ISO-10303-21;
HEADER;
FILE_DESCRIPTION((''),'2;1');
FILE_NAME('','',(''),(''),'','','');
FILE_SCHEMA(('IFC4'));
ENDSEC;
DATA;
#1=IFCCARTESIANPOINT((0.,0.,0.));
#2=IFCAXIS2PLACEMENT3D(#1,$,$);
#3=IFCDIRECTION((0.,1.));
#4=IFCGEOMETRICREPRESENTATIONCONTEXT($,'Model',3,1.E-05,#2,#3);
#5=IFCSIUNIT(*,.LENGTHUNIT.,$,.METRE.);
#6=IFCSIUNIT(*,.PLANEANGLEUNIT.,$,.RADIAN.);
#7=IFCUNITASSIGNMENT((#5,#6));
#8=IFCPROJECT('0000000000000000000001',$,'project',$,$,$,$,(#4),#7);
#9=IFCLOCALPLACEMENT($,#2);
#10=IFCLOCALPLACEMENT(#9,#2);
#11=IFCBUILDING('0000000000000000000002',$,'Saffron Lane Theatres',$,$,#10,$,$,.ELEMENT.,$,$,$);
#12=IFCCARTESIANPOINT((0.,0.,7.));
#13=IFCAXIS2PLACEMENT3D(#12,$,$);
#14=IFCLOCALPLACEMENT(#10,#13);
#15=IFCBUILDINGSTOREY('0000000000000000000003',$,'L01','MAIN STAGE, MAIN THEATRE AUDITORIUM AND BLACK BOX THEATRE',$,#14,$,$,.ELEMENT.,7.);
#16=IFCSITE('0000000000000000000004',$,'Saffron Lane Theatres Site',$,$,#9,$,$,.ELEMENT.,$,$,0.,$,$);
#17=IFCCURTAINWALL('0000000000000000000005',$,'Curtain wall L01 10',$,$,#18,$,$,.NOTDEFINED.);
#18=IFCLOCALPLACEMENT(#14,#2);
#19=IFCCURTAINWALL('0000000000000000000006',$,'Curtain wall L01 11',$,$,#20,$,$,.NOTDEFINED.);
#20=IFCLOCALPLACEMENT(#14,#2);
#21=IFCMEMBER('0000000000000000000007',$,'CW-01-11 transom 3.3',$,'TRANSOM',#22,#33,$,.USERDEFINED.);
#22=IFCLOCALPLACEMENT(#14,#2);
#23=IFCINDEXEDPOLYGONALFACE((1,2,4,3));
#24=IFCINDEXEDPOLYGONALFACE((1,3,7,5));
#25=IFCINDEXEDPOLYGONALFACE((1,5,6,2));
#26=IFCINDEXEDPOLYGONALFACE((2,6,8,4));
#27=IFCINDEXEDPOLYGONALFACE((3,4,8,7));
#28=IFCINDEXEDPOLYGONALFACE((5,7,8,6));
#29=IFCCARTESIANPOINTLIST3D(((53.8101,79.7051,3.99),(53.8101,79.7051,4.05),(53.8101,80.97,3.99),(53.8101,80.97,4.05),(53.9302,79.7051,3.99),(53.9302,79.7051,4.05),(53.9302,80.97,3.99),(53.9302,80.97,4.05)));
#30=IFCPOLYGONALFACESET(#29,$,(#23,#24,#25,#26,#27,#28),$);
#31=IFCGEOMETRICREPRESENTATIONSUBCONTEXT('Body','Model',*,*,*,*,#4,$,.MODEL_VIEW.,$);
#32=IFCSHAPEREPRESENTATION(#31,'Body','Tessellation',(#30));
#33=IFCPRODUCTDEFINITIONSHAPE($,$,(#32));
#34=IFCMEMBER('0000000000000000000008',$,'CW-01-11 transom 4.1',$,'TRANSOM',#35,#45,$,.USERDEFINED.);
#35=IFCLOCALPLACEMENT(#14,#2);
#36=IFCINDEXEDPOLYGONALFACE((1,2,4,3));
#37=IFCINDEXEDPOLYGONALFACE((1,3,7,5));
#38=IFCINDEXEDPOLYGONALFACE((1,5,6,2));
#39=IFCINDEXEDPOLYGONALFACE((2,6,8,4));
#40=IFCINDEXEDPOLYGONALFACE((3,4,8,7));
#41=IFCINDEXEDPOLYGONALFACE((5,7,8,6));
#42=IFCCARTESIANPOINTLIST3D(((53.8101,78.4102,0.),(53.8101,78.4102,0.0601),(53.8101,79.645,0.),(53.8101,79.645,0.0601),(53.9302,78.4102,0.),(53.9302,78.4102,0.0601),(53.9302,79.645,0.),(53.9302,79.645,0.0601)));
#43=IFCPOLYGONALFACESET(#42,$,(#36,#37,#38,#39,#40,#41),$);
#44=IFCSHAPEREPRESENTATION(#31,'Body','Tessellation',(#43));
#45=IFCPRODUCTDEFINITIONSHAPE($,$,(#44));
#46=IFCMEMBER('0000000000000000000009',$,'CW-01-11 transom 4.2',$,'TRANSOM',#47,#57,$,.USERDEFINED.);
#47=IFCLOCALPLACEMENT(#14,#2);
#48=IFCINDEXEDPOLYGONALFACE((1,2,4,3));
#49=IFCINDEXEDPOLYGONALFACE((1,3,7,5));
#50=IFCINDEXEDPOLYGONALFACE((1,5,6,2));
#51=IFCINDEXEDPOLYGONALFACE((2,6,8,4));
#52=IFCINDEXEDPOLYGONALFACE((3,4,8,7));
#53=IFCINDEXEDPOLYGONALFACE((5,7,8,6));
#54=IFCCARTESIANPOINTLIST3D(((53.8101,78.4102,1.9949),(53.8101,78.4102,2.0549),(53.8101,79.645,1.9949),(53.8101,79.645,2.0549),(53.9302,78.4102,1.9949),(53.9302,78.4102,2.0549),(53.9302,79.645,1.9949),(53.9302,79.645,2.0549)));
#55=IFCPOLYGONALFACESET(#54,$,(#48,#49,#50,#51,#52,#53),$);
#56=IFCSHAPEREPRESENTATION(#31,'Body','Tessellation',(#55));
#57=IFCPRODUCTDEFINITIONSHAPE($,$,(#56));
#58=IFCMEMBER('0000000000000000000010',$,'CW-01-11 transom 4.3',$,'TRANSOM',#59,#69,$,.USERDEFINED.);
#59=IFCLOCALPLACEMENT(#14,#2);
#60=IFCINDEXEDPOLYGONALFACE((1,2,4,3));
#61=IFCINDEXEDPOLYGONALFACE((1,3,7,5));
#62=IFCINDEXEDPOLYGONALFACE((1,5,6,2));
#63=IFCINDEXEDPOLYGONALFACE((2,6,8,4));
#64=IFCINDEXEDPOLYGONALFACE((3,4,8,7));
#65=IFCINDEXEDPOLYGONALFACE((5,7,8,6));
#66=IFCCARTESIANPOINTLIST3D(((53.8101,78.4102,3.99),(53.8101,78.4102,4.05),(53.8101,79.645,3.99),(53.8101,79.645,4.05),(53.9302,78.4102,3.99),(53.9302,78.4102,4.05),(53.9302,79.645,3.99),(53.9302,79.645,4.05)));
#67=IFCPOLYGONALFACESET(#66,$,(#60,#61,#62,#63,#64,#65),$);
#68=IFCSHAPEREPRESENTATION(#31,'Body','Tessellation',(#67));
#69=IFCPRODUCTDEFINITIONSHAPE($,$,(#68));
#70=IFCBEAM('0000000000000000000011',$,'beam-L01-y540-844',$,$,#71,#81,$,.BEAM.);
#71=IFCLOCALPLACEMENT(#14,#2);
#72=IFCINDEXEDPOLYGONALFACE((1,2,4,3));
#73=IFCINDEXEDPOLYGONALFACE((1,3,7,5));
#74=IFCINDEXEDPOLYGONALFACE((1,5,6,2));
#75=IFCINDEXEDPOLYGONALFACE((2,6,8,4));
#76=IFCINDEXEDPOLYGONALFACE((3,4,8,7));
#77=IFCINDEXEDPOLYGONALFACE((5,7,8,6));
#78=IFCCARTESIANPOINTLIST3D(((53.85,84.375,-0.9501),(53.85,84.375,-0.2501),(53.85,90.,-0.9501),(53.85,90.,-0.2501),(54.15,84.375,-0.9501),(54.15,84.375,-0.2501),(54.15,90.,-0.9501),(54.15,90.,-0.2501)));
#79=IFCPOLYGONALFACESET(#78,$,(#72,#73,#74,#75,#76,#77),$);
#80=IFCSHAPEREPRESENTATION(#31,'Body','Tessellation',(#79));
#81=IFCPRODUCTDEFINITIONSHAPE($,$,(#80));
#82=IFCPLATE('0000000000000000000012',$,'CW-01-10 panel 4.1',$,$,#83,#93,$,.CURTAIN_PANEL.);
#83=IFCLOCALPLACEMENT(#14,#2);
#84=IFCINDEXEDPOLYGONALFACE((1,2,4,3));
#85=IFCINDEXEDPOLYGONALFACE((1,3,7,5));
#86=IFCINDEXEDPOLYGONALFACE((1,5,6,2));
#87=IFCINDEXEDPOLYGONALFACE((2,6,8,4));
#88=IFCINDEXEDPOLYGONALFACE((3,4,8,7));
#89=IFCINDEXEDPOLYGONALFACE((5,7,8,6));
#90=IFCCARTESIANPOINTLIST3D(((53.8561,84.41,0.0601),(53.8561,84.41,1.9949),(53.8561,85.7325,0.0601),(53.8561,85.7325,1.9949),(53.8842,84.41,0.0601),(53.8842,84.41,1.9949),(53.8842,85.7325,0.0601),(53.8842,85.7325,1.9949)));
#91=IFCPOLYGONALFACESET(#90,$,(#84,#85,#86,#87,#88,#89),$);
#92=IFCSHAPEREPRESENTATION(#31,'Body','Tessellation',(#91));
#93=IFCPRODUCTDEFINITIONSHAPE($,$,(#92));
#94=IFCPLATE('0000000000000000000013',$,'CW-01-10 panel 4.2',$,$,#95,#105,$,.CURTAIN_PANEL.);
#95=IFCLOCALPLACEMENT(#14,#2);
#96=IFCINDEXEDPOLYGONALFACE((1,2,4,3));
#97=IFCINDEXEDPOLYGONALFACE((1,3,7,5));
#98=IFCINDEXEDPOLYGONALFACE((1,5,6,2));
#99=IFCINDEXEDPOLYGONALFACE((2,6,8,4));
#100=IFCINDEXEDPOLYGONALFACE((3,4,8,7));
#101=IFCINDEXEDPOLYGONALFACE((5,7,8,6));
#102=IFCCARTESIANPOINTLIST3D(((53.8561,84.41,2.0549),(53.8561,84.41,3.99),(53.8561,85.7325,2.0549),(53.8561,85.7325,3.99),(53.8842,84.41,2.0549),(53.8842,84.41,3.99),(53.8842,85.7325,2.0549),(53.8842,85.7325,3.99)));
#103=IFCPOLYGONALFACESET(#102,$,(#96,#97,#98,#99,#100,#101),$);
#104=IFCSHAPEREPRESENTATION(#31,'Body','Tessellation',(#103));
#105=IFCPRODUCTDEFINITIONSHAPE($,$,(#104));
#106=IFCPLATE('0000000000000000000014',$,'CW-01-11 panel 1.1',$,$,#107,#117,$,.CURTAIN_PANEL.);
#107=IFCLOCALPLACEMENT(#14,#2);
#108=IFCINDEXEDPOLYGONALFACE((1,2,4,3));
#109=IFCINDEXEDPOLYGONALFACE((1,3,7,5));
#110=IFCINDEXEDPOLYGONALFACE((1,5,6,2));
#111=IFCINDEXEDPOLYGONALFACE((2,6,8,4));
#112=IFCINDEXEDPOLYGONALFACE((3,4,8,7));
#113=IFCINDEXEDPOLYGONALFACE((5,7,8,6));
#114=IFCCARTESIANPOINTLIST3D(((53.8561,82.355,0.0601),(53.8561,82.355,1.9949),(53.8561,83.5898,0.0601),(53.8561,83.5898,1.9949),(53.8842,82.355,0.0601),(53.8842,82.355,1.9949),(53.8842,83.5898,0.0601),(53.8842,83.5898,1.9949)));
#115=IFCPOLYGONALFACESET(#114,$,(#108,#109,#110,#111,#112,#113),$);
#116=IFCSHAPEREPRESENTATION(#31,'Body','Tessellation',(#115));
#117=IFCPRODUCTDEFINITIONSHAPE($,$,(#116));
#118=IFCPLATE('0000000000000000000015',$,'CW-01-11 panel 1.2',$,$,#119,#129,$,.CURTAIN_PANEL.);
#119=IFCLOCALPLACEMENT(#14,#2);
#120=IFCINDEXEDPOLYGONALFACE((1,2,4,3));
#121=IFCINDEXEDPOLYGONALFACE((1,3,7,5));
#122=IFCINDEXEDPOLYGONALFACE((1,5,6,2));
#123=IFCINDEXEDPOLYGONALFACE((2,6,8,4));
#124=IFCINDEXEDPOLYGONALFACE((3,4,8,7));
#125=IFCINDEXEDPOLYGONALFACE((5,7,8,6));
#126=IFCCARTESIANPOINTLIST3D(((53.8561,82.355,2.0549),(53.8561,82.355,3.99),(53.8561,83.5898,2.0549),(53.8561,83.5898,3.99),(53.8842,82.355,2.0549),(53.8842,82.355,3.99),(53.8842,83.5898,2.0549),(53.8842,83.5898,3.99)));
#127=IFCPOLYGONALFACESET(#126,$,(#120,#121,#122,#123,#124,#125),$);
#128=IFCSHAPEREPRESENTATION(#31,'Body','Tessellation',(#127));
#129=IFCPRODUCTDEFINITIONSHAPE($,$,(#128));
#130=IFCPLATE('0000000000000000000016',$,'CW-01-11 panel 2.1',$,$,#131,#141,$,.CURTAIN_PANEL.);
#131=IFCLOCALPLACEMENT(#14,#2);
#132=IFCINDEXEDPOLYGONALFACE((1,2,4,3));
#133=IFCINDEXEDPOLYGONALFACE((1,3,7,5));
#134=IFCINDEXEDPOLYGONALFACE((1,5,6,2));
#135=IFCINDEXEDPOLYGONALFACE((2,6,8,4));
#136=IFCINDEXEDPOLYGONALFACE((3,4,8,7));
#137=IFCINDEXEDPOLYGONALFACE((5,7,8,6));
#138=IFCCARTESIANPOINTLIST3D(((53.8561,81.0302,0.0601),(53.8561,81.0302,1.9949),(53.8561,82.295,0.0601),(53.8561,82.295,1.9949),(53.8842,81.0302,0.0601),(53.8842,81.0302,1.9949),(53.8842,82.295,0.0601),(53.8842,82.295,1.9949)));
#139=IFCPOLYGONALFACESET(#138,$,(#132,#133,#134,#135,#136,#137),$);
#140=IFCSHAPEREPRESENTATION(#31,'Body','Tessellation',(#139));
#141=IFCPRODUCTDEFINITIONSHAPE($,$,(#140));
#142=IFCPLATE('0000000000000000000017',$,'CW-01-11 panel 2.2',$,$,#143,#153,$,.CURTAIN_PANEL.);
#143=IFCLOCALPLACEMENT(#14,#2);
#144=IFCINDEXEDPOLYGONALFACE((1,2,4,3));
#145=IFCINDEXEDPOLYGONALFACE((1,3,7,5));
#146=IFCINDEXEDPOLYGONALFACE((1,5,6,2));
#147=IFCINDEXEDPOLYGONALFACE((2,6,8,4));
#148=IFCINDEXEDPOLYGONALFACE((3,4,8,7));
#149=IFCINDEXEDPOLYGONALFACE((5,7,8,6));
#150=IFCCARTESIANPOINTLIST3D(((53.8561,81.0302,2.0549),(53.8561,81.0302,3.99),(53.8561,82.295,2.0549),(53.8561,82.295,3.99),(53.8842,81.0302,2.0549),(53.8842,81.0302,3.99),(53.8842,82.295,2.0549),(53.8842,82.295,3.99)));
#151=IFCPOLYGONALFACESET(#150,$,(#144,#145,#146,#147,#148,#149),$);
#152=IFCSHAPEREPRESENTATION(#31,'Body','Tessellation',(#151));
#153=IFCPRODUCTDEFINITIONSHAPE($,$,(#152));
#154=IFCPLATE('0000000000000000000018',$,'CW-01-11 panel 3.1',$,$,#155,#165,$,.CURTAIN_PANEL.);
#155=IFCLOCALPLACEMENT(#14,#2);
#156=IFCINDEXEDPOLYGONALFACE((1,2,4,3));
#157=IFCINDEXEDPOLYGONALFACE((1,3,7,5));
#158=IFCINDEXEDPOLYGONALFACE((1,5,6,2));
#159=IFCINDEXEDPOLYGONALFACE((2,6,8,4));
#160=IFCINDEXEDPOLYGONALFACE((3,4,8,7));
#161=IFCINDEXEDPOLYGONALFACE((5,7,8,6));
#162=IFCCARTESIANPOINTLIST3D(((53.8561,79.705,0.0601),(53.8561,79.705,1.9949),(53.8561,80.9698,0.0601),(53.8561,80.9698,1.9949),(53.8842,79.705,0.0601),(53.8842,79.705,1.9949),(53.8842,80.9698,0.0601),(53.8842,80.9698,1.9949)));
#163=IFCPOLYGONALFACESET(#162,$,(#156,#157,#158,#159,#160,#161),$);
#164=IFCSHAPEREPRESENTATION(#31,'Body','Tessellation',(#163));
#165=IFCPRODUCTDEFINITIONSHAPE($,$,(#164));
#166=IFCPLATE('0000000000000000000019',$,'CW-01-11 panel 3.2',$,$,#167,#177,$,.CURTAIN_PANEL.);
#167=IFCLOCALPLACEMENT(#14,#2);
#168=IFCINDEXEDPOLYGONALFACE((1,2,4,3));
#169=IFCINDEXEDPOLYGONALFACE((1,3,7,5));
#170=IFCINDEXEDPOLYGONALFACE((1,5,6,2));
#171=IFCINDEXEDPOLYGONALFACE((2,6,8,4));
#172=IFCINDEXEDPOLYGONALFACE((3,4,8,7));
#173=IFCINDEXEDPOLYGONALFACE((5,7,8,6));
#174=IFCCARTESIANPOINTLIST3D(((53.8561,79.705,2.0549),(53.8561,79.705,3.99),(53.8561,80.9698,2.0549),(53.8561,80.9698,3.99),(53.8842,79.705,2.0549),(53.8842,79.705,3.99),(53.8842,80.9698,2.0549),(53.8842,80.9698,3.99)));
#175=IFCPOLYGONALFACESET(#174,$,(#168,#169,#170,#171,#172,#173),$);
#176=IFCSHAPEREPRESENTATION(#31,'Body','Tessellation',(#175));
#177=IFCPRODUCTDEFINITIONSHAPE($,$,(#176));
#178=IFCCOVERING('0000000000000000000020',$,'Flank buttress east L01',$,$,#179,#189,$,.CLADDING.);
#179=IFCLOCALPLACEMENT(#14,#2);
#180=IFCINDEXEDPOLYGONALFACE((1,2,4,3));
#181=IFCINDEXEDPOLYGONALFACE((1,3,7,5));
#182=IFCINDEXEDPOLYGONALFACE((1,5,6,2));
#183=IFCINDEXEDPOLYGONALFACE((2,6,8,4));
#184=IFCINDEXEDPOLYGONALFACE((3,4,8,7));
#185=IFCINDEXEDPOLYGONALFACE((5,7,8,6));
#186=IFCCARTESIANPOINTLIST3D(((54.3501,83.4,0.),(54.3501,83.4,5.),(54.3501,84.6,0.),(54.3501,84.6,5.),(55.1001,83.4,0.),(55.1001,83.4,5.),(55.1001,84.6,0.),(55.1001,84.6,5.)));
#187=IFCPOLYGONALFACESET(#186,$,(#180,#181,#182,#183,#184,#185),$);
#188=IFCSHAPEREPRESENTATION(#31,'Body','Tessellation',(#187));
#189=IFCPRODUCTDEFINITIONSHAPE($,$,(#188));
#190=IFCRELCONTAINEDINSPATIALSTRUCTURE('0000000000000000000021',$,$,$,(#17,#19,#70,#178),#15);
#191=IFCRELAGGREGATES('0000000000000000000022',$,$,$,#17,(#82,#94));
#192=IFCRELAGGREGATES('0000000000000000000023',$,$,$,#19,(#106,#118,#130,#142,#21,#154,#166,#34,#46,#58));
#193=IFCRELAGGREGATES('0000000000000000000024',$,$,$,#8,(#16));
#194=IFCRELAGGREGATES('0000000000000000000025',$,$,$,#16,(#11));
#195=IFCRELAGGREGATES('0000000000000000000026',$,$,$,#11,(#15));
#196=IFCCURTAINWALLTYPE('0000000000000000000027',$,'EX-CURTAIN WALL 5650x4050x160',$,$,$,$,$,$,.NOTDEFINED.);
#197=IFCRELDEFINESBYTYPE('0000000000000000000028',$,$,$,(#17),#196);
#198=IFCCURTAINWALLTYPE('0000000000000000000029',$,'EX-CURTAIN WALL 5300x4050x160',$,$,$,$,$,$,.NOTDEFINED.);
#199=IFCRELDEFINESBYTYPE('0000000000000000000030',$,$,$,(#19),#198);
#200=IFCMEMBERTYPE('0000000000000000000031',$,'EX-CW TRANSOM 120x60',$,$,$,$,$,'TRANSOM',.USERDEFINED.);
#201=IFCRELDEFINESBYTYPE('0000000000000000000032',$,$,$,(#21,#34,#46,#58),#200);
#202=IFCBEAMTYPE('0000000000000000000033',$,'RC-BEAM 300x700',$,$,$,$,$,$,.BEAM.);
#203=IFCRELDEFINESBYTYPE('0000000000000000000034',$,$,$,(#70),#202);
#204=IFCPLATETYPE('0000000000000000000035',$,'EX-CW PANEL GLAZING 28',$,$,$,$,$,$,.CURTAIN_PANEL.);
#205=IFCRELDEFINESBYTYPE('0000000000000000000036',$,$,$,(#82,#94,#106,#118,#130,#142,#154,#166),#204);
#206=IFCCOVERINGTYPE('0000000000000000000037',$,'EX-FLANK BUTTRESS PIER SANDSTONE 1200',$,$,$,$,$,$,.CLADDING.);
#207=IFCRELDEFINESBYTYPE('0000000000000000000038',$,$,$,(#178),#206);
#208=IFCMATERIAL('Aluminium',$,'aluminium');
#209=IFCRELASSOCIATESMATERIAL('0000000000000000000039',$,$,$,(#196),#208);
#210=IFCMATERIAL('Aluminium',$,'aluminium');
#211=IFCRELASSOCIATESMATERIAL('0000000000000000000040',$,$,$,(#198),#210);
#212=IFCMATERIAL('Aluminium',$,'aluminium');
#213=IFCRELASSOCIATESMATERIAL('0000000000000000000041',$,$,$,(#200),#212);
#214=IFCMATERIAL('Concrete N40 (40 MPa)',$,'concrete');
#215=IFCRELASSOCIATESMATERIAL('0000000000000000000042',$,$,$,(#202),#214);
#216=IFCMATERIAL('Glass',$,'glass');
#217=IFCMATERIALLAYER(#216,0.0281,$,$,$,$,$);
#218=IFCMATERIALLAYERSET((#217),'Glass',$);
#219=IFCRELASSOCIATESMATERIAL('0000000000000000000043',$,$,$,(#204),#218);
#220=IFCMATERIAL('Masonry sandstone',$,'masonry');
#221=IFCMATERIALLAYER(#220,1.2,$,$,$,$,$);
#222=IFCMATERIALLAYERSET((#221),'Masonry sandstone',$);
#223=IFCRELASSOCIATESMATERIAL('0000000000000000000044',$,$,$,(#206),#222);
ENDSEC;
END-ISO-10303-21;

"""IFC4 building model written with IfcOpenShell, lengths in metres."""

from ifc_helpers import new_model, si_unit, direction, frame, origin, origin_2d, place, context, subcontext, project, spatial, rectangle, extrude, material, layer, layer_set, material_profile, profile_set, type_object, element, aggregate, save


model = new_model("IFC4")

# Units and contexts
model_context = context("Model", 3, precision=1e-05, world=origin(), true_north=direction((0.0, 1.0)))
body_context = subcontext(model_context, "Body", "Model", "MODEL_VIEW")
ifc_project = project(units=[si_unit("LENGTHUNIT", "METRE"), si_unit("PLANEANGLEUNIT", "RADIAN")], contexts=[model_context])

# Site, building, storey
site_placement = place(None, origin())
site = spatial("IfcSite", under=ifc_project, at=site_placement, Name="Saffron Lane Theatres Site", CompositionType="ELEMENT", RefElevation=0.0)
building_placement = place(site_placement, origin())
building = spatial("IfcBuilding", under=site, at=building_placement, Name="Saffron Lane Theatres", CompositionType="ELEMENT")
storey_placement = place(building_placement, frame((0.0, 0.0, 7.0)))
storey = spatial("IfcBuildingStorey", under=building, at=storey_placement, Name="L01", Description="MAIN STAGE, MAIN THEATRE AUDITORIUM AND BLACK BOX THEATRE", CompositionType="ELEMENT", Elevation=7.0)

# Curtain wall
ifc_material_1 = material(Name="Aluminium", Category="aluminium")
curtain_wall_type_1 = type_object("IfcCurtainWallType", Name="EX-CURTAIN WALL 5650x4050x160", PredefinedType="NOTDEFINED", material=ifc_material_1)
curtain_wall_1_placement = place(storey_placement, origin())
curtain_wall_1 = element("IfcCurtainWall", 1, at=curtain_wall_1_placement, inside=storey, type_object=curtain_wall_type_1, Name="Curtain wall L01 10", PredefinedType="NOTDEFINED")

# Curtain wall, members
ifc_material_2 = material(Name="Aluminium", Category="aluminium")
curtain_wall_type_2 = type_object("IfcCurtainWallType", Name="EX-CURTAIN WALL 5300x4050x160", PredefinedType="NOTDEFINED", material=ifc_material_2)
curtain_wall_2_placement = place(storey_placement, origin())
curtain_wall_2 = element("IfcCurtainWall", 2, at=curtain_wall_2_placement, inside=storey, type_object=curtain_wall_type_2, Name="Curtain wall L01 11", PredefinedType="NOTDEFINED")
ifc_material_3 = material(Name="Aluminium", Category="aluminium")
ifc_material_profile_1 = material_profile(ifc_material_3, rectangle(XDim=0.1201, YDim=0.0601, at=origin_2d()))
ifc_profile_set_1 = profile_set([ifc_material_profile_1], Name="Aluminium")
member_type_1 = type_object("IfcMemberType", Name="EX-CW TRANSOM 120x60", ElementType="TRANSOM", PredefinedType="USERDEFINED", material=ifc_profile_set_1)
member_1_placement = place(storey_placement, frame((53.8701, 80.97, 4.02), z_axis=(0.0, -1.0, 0.0), x_axis=(1.0, 0.0, 0.0)))
member_1 = element("IfcMember", 3, at=member_1_placement, type_object=member_type_1, Name="CW-01-11 transom 3.3", ObjectType="TRANSOM", PredefinedType="USERDEFINED", context=body_context, shape_type="SweptSolid", body=[
    extrude(rectangle(XDim=0.1201, YDim=0.0601, at=origin_2d()), origin(), (0.0, 0.0, 1.0), 1.2649),
])
member_2_placement = place(storey_placement, frame((53.8701, 79.645, 0.03), z_axis=(0.0, -1.0, 0.0), x_axis=(1.0, 0.0, 0.0)))
member_2 = element("IfcMember", 4, at=member_2_placement, type_object=member_type_1, Name="CW-01-11 transom 4.1", ObjectType="TRANSOM", PredefinedType="USERDEFINED", context=body_context, shape_type="SweptSolid", body=[
    extrude(rectangle(XDim=0.1201, YDim=0.0601, at=origin_2d()), origin(), (0.0, 0.0, 1.0), 1.2349),
])
member_3_placement = place(storey_placement, frame((53.8701, 79.645, 2.0249), z_axis=(0.0, -1.0, 0.0), x_axis=(1.0, 0.0, 0.0)))
member_3 = element("IfcMember", 5, at=member_3_placement, type_object=member_type_1, Name="CW-01-11 transom 4.2", ObjectType="TRANSOM", PredefinedType="USERDEFINED", context=body_context, shape_type="SweptSolid", body=[
    extrude(rectangle(XDim=0.1201, YDim=0.0601, at=origin_2d()), origin(), (0.0, 0.0, 1.0), 1.2349),
])
member_4_placement = place(storey_placement, frame((53.8701, 79.645, 4.02), z_axis=(0.0, -1.0, 0.0), x_axis=(1.0, 0.0, 0.0)))
member_4 = element("IfcMember", 6, at=member_4_placement, type_object=member_type_1, Name="CW-01-11 transom 4.3", ObjectType="TRANSOM", PredefinedType="USERDEFINED", context=body_context, shape_type="SweptSolid", body=[
    extrude(rectangle(XDim=0.1201, YDim=0.0601, at=origin_2d()), origin(), (0.0, 0.0, 1.0), 1.2349),
])

# Beam
ifc_material_4 = material(Name="Concrete N40 (40 MPa)", Category="concrete")
ifc_material_profile_2 = material_profile(ifc_material_4, rectangle(XDim=0.3, YDim=0.7, at=origin_2d()))
ifc_profile_set_2 = profile_set([ifc_material_profile_2], Name="Concrete N40 (40 MPa)")
beam_type = type_object("IfcBeamType", Name="RC-BEAM 300x700", PredefinedType="BEAM", material=ifc_profile_set_2)
beam_placement = place(storey_placement, frame((54.0, 84.375, -0.6001), z_axis=(0.0, 1.0, 0.0), x_axis=(-1.0, 0.0, 0.0)))
element("IfcBeam", 7, at=beam_placement, inside=storey, type_object=beam_type, Name="beam-L01-y540-844", PredefinedType="BEAM", context=body_context, shape_type="SweptSolid", body=[
    extrude(rectangle(XDim=0.3, YDim=0.7, at=origin_2d()), origin(), (0.0, 0.0, 1.0), 5.625),
])

# Plates
ifc_material_5 = material(Name="Glass", Category="glass")
ifc_layer_1 = layer(ifc_material_5, 0.0281)
ifc_layer_set_1 = layer_set([ifc_layer_1], Name="Glass")
plate_type = type_object("IfcPlateType", Name="EX-CW PANEL GLAZING 28", PredefinedType="CURTAIN_PANEL", material=ifc_layer_set_1)
plate_1_placement = place(storey_placement, frame((53.8701, 85.0713, 0.0601), z_axis=(0.0, 0.0, 1.0), x_axis=(0.0, -1.0, 0.0)))
plate_1 = element("IfcPlate", 8, at=plate_1_placement, type_object=plate_type, Name="CW-01-10 panel 4.1", PredefinedType="CURTAIN_PANEL", context=body_context, shape_type="SweptSolid", body=[
    extrude(rectangle(XDim=1.3225, YDim=0.0281, at=origin_2d()), origin(), (0.0, 0.0, 1.0), 1.9348),
])
plate_2_placement = place(storey_placement, frame((53.8701, 85.0713, 2.0549), z_axis=(0.0, 0.0, 1.0), x_axis=(0.0, -1.0, 0.0)))
plate_2 = element("IfcPlate", 9, at=plate_2_placement, type_object=plate_type, Name="CW-01-10 panel 4.2", PredefinedType="CURTAIN_PANEL", context=body_context, shape_type="SweptSolid", body=[
    extrude(rectangle(XDim=1.3225, YDim=0.0281, at=origin_2d()), origin(), (0.0, 0.0, 1.0), 1.9351),
])
aggregate(curtain_wall_1, [plate_1, plate_2])
plate_3_placement = place(storey_placement, frame((53.8701, 82.9724, 0.0601), z_axis=(0.0, 0.0, 1.0), x_axis=(0.0, -1.0, 0.0)))
plate_3 = element("IfcPlate", 10, at=plate_3_placement, type_object=plate_type, Name="CW-01-11 panel 1.1", PredefinedType="CURTAIN_PANEL", context=body_context, shape_type="SweptSolid", body=[
    extrude(rectangle(XDim=1.2349, YDim=0.0281, at=origin_2d()), origin(), (0.0, 0.0, 1.0), 1.9348),
])
plate_4_placement = place(storey_placement, frame((53.8701, 82.9724, 2.0549), z_axis=(0.0, 0.0, 1.0), x_axis=(0.0, -1.0, 0.0)))
plate_4 = element("IfcPlate", 11, at=plate_4_placement, type_object=plate_type, Name="CW-01-11 panel 1.2", PredefinedType="CURTAIN_PANEL", context=body_context, shape_type="SweptSolid", body=[
    extrude(rectangle(XDim=1.2349, YDim=0.0281, at=origin_2d()), origin(), (0.0, 0.0, 1.0), 1.9351),
])
plate_5_placement = place(storey_placement, frame((53.8701, 81.6626, 0.0601), z_axis=(0.0, 0.0, 1.0), x_axis=(0.0, -1.0, 0.0)))
plate_5 = element("IfcPlate", 12, at=plate_5_placement, type_object=plate_type, Name="CW-01-11 panel 2.1", PredefinedType="CURTAIN_PANEL", context=body_context, shape_type="SweptSolid", body=[
    extrude(rectangle(XDim=1.2649, YDim=0.0281, at=origin_2d()), origin(), (0.0, 0.0, 1.0), 1.9348),
])
plate_6_placement = place(storey_placement, frame((53.8701, 81.6626, 2.0549), z_axis=(0.0, 0.0, 1.0), x_axis=(0.0, -1.0, 0.0)))
plate_6 = element("IfcPlate", 13, at=plate_6_placement, type_object=plate_type, Name="CW-01-11 panel 2.2", PredefinedType="CURTAIN_PANEL", context=body_context, shape_type="SweptSolid", body=[
    extrude(rectangle(XDim=1.2649, YDim=0.0281, at=origin_2d()), origin(), (0.0, 0.0, 1.0), 1.9351),
])
plate_7_placement = place(storey_placement, frame((53.8701, 80.3374, 0.0601), z_axis=(0.0, 0.0, 1.0), x_axis=(0.0, -1.0, 0.0)))
plate_7 = element("IfcPlate", 14, at=plate_7_placement, type_object=plate_type, Name="CW-01-11 panel 3.1", PredefinedType="CURTAIN_PANEL", context=body_context, shape_type="SweptSolid", body=[
    extrude(rectangle(XDim=1.2649, YDim=0.0281, at=origin_2d()), origin(), (0.0, 0.0, 1.0), 1.9348),
])
plate_8_placement = place(storey_placement, frame((53.8701, 80.3374, 2.0549), z_axis=(0.0, 0.0, 1.0), x_axis=(0.0, -1.0, 0.0)))
plate_8 = element("IfcPlate", 15, at=plate_8_placement, type_object=plate_type, Name="CW-01-11 panel 3.2", PredefinedType="CURTAIN_PANEL", context=body_context, shape_type="SweptSolid", body=[
    extrude(rectangle(XDim=1.2649, YDim=0.0281, at=origin_2d()), origin(), (0.0, 0.0, 1.0), 1.9351),
])
aggregate(curtain_wall_2, [plate_3, plate_4, plate_5, plate_6, member_1, plate_7, plate_8, member_2, member_3, member_4])

# Covering
ifc_material_6 = material(Name="Masonry sandstone", Category="masonry")
ifc_layer_2 = layer(ifc_material_6, 1.2)
ifc_layer_set_2 = layer_set([ifc_layer_2], Name="Masonry sandstone")
covering_type_1 = type_object("IfcCoveringType", Name="EX-FLANK BUTTRESS PIER SANDSTONE 1200", PredefinedType="CLADDING", material=ifc_layer_set_2)
covering_1_placement = place(storey_placement, frame((54.7251, 84.0, 0.0), z_axis=(0.0, 0.0, 1.0), x_axis=(0.0, 1.0, 0.0)))
element("IfcCovering", 16, at=covering_1_placement, inside=storey, type_object=covering_type_1, Name="Flank buttress east L01", PredefinedType="CLADDING", context=body_context, shape_type="SweptSolid", body=[
    extrude(rectangle(XDim=1.2, YDim=0.75, at=origin_2d()), origin(), (0.0, 0.0, 1.0), 5.0),
])

save(model, "model.ifc")
